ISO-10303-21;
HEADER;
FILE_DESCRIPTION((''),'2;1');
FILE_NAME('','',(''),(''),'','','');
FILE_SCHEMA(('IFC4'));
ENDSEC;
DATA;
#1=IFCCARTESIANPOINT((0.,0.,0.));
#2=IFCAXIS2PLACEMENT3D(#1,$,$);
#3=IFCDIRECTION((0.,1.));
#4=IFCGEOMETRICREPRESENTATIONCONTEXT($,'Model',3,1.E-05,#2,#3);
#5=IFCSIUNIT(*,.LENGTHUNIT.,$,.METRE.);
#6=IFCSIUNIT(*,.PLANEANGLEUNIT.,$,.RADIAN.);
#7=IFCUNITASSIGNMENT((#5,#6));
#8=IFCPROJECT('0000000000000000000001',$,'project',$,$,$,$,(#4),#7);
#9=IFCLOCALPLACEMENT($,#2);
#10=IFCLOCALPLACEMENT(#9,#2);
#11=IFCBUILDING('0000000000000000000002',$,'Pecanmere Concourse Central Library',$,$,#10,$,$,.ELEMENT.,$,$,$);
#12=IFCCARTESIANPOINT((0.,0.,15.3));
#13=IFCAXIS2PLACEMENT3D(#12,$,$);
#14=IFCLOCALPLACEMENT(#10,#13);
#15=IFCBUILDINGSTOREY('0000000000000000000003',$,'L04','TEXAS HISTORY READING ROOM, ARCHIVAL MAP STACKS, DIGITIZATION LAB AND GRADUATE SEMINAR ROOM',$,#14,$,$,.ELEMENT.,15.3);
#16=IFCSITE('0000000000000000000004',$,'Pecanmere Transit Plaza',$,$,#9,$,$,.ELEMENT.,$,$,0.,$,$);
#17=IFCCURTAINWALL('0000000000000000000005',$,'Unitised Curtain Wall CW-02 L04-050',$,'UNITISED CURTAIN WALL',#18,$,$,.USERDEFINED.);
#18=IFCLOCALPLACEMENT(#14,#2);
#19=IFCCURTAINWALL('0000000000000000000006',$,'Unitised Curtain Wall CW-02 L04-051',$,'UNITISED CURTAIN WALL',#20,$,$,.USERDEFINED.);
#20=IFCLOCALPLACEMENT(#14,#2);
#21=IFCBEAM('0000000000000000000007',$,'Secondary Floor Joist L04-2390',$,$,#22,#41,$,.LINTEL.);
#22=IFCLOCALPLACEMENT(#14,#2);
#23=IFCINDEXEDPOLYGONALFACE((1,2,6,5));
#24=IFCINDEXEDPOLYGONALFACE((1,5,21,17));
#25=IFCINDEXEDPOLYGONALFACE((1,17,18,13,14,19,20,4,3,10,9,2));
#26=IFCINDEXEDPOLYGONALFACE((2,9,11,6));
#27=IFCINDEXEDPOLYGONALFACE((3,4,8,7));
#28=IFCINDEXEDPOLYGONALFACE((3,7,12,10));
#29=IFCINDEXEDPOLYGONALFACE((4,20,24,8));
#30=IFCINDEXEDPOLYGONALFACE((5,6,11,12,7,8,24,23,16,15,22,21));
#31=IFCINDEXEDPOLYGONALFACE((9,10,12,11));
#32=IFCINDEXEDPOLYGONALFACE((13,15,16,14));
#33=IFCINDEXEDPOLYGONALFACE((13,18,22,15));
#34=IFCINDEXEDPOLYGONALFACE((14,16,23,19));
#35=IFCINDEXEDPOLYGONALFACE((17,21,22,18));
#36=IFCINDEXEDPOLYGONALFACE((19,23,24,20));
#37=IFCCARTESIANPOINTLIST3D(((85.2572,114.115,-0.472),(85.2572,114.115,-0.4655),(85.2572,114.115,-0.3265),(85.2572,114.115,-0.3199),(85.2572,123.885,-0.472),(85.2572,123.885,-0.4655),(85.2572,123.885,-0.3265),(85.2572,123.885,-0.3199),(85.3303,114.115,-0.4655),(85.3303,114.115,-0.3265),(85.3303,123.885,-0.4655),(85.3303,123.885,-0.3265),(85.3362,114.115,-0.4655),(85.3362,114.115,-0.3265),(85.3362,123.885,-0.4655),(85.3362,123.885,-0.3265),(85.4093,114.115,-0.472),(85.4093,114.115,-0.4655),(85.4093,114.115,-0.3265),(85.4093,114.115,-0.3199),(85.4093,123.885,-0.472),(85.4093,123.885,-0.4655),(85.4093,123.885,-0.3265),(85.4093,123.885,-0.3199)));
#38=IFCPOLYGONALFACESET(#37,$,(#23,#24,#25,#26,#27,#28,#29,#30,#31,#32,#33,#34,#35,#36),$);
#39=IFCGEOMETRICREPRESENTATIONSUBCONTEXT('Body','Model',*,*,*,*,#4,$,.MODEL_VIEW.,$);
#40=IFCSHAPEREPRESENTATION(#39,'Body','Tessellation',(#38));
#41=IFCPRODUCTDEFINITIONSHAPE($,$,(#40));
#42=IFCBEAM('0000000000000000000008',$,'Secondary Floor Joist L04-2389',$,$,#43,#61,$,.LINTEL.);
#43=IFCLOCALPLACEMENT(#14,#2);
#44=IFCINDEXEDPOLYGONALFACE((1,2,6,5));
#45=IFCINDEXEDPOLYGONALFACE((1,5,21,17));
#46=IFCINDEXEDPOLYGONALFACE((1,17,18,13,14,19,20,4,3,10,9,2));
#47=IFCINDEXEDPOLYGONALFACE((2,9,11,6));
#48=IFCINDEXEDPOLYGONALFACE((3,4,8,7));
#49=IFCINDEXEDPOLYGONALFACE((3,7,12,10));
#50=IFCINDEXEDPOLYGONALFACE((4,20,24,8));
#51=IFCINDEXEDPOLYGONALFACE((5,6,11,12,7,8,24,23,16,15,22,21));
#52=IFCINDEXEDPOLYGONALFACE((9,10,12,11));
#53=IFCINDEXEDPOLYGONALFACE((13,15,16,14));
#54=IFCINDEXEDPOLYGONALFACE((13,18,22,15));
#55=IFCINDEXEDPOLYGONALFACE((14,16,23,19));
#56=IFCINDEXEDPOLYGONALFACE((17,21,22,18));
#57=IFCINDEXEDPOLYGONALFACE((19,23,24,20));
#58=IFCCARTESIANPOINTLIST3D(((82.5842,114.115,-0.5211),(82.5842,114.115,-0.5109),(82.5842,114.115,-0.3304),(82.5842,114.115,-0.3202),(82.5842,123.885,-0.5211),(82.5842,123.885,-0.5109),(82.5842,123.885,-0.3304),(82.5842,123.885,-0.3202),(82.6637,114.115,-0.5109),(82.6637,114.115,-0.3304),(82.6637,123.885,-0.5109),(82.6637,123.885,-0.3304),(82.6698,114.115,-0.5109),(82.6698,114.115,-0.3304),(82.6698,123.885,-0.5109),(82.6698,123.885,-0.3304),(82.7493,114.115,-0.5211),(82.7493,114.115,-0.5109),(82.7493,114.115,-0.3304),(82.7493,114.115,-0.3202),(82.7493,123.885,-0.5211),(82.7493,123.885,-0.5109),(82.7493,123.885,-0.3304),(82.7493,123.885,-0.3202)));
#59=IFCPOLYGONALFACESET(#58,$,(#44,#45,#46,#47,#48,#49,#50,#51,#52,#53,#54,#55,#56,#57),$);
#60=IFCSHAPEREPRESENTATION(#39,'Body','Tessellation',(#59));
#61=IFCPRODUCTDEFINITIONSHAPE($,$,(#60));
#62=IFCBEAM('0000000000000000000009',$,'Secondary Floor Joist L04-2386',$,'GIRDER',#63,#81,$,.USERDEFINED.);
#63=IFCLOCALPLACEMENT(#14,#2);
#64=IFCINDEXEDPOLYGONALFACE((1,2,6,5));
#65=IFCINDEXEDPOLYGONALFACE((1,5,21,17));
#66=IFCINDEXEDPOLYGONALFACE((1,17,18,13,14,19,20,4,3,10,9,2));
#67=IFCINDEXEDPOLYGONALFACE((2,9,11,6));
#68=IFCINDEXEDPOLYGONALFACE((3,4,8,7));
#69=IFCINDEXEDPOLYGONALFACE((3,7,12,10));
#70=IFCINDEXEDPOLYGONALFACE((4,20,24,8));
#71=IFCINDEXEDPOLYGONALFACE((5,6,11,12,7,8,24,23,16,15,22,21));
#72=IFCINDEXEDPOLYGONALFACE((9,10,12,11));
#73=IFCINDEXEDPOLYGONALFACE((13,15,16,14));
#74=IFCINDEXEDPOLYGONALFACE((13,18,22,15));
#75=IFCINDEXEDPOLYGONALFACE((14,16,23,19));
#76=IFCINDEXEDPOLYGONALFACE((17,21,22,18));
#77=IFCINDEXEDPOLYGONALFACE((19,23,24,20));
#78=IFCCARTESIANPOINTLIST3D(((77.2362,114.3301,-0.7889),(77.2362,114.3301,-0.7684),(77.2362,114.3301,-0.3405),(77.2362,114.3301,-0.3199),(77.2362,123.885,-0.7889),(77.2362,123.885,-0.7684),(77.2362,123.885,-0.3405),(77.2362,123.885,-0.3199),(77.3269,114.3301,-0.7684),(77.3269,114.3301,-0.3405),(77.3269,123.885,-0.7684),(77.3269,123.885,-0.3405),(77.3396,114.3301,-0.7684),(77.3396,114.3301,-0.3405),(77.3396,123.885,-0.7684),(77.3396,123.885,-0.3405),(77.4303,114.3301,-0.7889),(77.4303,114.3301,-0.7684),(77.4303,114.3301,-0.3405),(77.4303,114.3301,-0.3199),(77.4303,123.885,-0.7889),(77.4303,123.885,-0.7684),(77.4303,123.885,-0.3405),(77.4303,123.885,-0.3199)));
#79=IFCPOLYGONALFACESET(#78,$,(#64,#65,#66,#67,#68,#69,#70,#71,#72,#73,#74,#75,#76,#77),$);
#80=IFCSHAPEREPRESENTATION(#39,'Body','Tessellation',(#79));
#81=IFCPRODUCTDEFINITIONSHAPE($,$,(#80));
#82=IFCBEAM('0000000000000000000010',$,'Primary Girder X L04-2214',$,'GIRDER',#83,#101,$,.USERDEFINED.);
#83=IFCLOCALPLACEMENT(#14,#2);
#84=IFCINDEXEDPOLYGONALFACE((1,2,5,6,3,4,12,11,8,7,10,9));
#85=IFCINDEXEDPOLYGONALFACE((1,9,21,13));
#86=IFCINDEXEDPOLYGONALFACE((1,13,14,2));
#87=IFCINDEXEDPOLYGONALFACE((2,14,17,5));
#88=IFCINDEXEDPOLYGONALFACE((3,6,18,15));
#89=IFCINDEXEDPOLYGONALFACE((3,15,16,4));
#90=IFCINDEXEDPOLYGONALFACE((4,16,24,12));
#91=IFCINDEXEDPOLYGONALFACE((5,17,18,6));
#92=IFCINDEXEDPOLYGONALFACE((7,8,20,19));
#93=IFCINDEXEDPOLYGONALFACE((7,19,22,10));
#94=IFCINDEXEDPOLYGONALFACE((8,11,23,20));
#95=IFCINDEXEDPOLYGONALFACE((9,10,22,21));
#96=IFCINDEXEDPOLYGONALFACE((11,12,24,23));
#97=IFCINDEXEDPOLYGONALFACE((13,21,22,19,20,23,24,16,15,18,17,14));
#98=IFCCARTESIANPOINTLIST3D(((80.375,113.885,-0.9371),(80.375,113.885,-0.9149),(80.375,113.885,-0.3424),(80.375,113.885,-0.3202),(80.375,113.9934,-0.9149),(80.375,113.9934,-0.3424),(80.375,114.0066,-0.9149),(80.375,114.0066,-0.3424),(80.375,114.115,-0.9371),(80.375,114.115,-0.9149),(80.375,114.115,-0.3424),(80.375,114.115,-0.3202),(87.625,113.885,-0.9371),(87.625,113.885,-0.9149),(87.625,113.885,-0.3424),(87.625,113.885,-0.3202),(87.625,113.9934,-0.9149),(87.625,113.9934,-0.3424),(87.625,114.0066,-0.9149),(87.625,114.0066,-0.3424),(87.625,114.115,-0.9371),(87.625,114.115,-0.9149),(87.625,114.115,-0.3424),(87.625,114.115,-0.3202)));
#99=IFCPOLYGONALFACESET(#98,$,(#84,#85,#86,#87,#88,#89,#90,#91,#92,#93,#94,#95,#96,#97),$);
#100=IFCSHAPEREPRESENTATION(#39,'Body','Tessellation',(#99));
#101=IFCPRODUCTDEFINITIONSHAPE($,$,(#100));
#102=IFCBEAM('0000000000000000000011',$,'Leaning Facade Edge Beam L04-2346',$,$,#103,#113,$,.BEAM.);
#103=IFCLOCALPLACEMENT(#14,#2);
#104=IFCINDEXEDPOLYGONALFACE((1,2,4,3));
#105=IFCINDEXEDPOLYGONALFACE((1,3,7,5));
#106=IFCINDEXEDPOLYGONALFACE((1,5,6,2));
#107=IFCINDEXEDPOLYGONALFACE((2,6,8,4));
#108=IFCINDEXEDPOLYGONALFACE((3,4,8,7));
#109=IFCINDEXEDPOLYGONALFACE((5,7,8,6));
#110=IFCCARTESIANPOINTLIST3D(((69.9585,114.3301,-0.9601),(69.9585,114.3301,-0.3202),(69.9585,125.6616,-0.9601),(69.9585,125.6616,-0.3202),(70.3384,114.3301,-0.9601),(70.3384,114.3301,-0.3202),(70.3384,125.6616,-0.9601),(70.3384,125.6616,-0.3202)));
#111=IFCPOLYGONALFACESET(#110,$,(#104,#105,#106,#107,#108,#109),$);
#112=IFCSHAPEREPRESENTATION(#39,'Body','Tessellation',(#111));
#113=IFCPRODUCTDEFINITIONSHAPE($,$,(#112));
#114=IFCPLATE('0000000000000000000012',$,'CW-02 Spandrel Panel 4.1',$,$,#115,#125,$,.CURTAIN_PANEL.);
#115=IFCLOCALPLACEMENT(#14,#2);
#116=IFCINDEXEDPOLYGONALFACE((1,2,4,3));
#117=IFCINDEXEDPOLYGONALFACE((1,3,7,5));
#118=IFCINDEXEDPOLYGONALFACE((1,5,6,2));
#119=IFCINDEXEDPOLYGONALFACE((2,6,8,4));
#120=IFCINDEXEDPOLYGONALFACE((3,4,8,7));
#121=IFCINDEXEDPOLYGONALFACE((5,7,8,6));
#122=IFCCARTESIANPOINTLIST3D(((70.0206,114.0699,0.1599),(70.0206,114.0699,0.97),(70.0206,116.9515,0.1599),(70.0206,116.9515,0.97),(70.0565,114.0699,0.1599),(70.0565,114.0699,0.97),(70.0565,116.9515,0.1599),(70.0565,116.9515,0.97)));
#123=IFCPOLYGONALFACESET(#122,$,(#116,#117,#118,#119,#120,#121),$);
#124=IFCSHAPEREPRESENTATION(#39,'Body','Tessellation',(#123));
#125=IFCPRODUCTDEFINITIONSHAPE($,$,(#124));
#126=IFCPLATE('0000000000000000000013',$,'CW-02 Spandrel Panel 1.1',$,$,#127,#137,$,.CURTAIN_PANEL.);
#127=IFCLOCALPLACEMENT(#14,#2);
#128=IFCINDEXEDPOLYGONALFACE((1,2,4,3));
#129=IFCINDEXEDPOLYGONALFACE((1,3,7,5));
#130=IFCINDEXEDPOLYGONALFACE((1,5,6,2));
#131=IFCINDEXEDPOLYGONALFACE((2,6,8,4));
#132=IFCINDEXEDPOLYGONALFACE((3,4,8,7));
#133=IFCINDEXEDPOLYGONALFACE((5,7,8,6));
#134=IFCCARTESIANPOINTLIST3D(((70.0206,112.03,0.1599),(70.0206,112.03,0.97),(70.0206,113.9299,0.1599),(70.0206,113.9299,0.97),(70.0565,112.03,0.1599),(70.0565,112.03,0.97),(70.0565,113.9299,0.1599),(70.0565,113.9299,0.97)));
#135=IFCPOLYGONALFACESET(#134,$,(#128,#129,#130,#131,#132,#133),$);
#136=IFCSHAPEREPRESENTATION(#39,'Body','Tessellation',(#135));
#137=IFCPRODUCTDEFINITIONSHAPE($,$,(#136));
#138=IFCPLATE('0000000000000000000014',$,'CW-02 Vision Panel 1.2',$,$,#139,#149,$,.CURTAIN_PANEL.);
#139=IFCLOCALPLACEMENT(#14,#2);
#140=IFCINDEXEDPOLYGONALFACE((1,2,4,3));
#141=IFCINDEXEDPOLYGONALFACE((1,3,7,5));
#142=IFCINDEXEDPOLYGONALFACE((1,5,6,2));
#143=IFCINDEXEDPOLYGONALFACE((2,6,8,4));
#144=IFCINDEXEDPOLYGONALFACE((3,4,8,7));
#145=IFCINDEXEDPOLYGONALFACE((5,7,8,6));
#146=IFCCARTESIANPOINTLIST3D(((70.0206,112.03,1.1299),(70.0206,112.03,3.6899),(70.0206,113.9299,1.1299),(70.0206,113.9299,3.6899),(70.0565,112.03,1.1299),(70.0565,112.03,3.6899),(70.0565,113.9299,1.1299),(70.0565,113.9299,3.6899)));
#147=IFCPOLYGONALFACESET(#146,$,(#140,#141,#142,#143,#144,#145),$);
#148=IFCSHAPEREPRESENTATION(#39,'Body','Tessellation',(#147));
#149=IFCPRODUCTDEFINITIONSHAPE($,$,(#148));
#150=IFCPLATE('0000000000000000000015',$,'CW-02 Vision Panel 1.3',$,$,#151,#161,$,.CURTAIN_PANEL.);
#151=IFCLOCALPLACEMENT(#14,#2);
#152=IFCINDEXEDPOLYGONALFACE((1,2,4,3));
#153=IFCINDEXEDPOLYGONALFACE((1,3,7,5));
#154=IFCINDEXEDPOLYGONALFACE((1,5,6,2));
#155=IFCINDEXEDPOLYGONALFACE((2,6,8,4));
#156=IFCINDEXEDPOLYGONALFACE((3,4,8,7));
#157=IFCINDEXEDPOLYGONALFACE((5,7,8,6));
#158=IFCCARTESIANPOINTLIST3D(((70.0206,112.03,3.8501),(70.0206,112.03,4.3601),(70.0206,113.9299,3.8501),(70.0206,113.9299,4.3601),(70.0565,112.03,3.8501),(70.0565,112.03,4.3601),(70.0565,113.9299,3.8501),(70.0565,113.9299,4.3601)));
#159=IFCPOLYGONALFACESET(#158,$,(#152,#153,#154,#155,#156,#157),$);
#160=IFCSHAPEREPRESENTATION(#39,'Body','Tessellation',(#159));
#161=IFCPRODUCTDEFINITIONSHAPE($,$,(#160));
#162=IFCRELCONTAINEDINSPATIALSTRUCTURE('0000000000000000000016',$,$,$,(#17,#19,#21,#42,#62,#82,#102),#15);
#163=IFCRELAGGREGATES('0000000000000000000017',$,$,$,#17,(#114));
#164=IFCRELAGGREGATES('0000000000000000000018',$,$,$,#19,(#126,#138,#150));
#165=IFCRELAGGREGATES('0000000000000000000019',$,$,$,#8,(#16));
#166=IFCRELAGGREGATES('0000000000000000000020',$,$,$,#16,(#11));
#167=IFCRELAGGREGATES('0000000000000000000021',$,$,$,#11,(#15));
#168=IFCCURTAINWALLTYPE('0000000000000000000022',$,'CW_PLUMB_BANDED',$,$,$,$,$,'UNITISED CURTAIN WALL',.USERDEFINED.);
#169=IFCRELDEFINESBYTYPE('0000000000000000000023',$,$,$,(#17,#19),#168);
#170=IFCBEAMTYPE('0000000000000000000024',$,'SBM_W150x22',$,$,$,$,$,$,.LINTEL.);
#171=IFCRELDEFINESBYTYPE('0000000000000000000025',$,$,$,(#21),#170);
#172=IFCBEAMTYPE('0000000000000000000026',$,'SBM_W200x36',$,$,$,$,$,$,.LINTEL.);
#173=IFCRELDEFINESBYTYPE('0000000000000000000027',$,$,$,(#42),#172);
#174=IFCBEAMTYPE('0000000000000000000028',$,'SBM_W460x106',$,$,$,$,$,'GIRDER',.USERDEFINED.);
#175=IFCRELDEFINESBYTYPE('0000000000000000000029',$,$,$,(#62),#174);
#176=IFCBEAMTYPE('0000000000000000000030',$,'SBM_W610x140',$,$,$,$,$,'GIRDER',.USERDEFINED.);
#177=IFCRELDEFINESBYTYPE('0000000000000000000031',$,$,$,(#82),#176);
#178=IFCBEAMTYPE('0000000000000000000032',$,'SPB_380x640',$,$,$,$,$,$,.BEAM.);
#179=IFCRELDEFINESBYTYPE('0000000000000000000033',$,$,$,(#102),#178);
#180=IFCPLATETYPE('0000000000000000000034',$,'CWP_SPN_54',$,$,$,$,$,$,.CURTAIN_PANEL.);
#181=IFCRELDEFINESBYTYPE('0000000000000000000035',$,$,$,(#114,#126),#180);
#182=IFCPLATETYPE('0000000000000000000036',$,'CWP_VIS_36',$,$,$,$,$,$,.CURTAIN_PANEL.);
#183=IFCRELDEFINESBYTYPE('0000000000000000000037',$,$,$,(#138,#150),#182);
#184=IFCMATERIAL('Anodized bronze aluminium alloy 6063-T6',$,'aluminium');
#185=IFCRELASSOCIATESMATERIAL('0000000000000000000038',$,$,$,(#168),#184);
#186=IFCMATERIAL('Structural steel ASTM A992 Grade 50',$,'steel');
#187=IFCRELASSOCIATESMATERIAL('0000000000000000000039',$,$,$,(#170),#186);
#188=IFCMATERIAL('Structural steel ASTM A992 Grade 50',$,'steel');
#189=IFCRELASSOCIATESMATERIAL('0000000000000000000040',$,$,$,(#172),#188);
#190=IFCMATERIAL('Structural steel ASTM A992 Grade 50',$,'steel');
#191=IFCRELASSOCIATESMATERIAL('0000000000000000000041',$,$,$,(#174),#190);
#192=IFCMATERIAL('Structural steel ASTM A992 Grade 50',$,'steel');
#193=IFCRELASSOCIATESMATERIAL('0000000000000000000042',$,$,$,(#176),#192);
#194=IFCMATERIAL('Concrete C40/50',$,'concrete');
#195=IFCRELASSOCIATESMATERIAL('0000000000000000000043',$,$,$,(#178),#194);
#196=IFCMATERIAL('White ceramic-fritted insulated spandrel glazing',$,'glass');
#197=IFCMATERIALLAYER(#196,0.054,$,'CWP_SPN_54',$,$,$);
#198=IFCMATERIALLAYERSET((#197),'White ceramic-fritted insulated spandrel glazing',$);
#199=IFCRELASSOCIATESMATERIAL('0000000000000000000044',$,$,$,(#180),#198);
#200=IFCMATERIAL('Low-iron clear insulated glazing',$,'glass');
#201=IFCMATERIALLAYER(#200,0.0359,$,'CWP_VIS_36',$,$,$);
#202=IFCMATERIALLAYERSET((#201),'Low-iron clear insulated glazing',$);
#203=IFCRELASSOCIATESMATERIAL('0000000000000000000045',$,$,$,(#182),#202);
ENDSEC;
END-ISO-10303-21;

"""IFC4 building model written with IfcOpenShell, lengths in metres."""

from ifc_helpers import new_model, si_unit, direction, frame, origin, origin_2d, place, context, subcontext, project, spatial, rectangle, i_section, extrude, material, layer, layer_set, material_profile, profile_set, type_object, element, aggregate, save


model = new_model("IFC4")

# Units and contexts
model_context = context("Model", 3, precision=1e-05, world=origin(), true_north=direction((0.0, 1.0)))
body_context = subcontext(model_context, "Body", "Model", "MODEL_VIEW")
ifc_project = project(units=[si_unit("LENGTHUNIT", "METRE"), si_unit("PLANEANGLEUNIT", "RADIAN")], contexts=[model_context])

# Site, building, storey
site_placement = place(None, origin())
site = spatial("IfcSite", under=ifc_project, at=site_placement, Name="Pecanmere Transit Plaza", CompositionType="ELEMENT", RefElevation=0.0)
building_placement = place(site_placement, origin())
building = spatial("IfcBuilding", under=site, at=building_placement, Name="Pecanmere Concourse Central Library", CompositionType="ELEMENT")
storey_placement = place(building_placement, frame((0.0, 0.0, 15.3)))
storey = spatial("IfcBuildingStorey", under=building, at=storey_placement, Name="L04", Description="TEXAS HISTORY READING ROOM, ARCHIVAL MAP STACKS, DIGITIZATION LAB AND GRADUATE SEMINAR ROOM", CompositionType="ELEMENT", Elevation=15.3)

# Curtain wall
ifc_material_1 = material(Name="Anodized bronze aluminium alloy 6063-T6", Category="aluminium")
curtain_wall_type = type_object("IfcCurtainWallType", Name="CW_PLUMB_BANDED", ElementType="UNITISED CURTAIN WALL", PredefinedType="USERDEFINED", material=ifc_material_1)
curtain_wall_1_placement = place(storey_placement, origin())
curtain_wall_1 = element("IfcCurtainWall", 1, at=curtain_wall_1_placement, inside=storey, type_object=curtain_wall_type, Name="Unitised Curtain Wall CW-02 L04-050", ObjectType="UNITISED CURTAIN WALL", PredefinedType="USERDEFINED")

# Curtain wall
curtain_wall_2_placement = place(storey_placement, origin())
curtain_wall_2 = element("IfcCurtainWall", 2, at=curtain_wall_2_placement, inside=storey, type_object=curtain_wall_type, Name="Unitised Curtain Wall CW-02 L04-051", ObjectType="UNITISED CURTAIN WALL", PredefinedType="USERDEFINED")

# Beams
ifc_material_2 = material(Name="Structural steel ASTM A992 Grade 50", Category="steel")
ifc_material_profile_1 = material_profile(ifc_material_2, i_section(OverallWidth=0.1521, OverallDepth=0.1521, WebThickness=0.0059, FlangeThickness=0.0066, at=origin_2d()), Name="W150x22.5")
ifc_profile_set_1 = profile_set([ifc_material_profile_1], Name="Structural steel ASTM A992 Grade 50")
beam_type_1 = type_object("IfcBeamType", Name="SBM_W150x22", PredefinedType="LINTEL", material=ifc_profile_set_1)
beam_1_placement = place(storey_placement, frame((85.3333, 114.115, -0.396), z_axis=(0.0, 1.0, 0.0), x_axis=(-1.0, 0.0, 0.0)))
element("IfcBeam", 3, at=beam_1_placement, inside=storey, type_object=beam_type_1, Name="Secondary Floor Joist L04-2390", PredefinedType="LINTEL", context=body_context, shape_type="SweptSolid", body=[
    extrude(i_section(OverallWidth=0.1521, OverallDepth=0.1521, WebThickness=0.0059, FlangeThickness=0.0066, at=origin_2d()), origin(), (0.0, 0.0, 1.0), 9.77),
])
ifc_material_3 = material(Name="Structural steel ASTM A992 Grade 50", Category="steel")
ifc_material_profile_2 = material_profile(ifc_material_3, i_section(OverallWidth=0.165, OverallDepth=0.2009, WebThickness=0.0061, FlangeThickness=0.0103, at=origin_2d()), Name="W200x35.9")
ifc_profile_set_2 = profile_set([ifc_material_profile_2], Name="Structural steel ASTM A992 Grade 50")
beam_type_2 = type_object("IfcBeamType", Name="SBM_W200x36", PredefinedType="LINTEL", material=ifc_profile_set_2)
beam_2_placement = place(storey_placement, frame((82.6667, 114.115, -0.4207), z_axis=(0.0, 1.0, 0.0), x_axis=(-1.0, 0.0, 0.0)))
element("IfcBeam", 4, at=beam_2_placement, inside=storey, type_object=beam_type_2, Name="Secondary Floor Joist L04-2389", PredefinedType="LINTEL", context=body_context, shape_type="SweptSolid", body=[
    extrude(i_section(OverallWidth=0.165, OverallDepth=0.2009, WebThickness=0.0061, FlangeThickness=0.0103, at=origin_2d()), origin(), (0.0, 0.0, 1.0), 9.77),
])
ifc_material_4 = material(Name="Structural steel ASTM A992 Grade 50", Category="steel")
ifc_material_profile_3 = material_profile(ifc_material_4, i_section(OverallWidth=0.1941, OverallDepth=0.469, WebThickness=0.0127, FlangeThickness=0.0205, at=origin_2d()), Name="W460x106")
ifc_profile_set_3 = profile_set([ifc_material_profile_3], Name="Structural steel ASTM A992 Grade 50")
beam_type_3 = type_object("IfcBeamType", Name="SBM_W460x106", ElementType="GIRDER", PredefinedType="USERDEFINED", material=ifc_profile_set_3)
beam_3_placement = place(storey_placement, frame((77.3333, 114.3301, -0.5544), z_axis=(0.0, 1.0, 0.0), x_axis=(-1.0, 0.0, 0.0)))
element("IfcBeam", 5, at=beam_3_placement, inside=storey, type_object=beam_type_3, Name="Secondary Floor Joist L04-2386", ObjectType="GIRDER", PredefinedType="USERDEFINED", context=body_context, shape_type="SweptSolid", body=[
    extrude(i_section(OverallWidth=0.1941, OverallDepth=0.469, WebThickness=0.0127, FlangeThickness=0.0205, at=origin_2d()), origin(), (0.0, 0.0, 1.0), 9.5549),
])
ifc_material_5 = material(Name="Structural steel ASTM A992 Grade 50", Category="steel")
ifc_material_profile_4 = material_profile(ifc_material_5, i_section(OverallWidth=0.23, OverallDepth=0.6169, WebThickness=0.0132, FlangeThickness=0.0222, at=origin_2d()), Name="W610x140")
ifc_profile_set_4 = profile_set([ifc_material_profile_4], Name="Structural steel ASTM A992 Grade 50")
beam_type_4 = type_object("IfcBeamType", Name="SBM_W610x140", ElementType="GIRDER", PredefinedType="USERDEFINED", material=ifc_profile_set_4)
beam_4_placement = place(storey_placement, frame((80.375, 114.0, -0.6287), z_axis=(1.0, 0.0, 0.0), x_axis=(0.0, 1.0, 0.0)))
element("IfcBeam", 6, at=beam_4_placement, inside=storey, type_object=beam_type_4, Name="Primary Girder X L04-2214", ObjectType="GIRDER", PredefinedType="USERDEFINED", context=body_context, shape_type="SweptSolid", body=[
    extrude(i_section(OverallWidth=0.23, OverallDepth=0.6169, WebThickness=0.0132, FlangeThickness=0.0222, at=origin_2d()), origin(), (0.0, 0.0, 1.0), 7.25),
])
ifc_material_6 = material(Name="Concrete C40/50", Category="concrete")
ifc_material_profile_5 = material_profile(ifc_material_6, rectangle(XDim=0.3799, YDim=0.6399, at=origin_2d()), Name="RC 380x640")
ifc_profile_set_5 = profile_set([ifc_material_profile_5], Name="Concrete C40/50")
beam_type_5 = type_object("IfcBeamType", Name="SPB_380x640", PredefinedType="BEAM", material=ifc_profile_set_5)
beam_5_placement = place(storey_placement, frame((70.1484, 114.3301, -0.6401), z_axis=(0.0, 1.0, 0.0), x_axis=(-1.0, 0.0, 0.0)))
element("IfcBeam", 7, at=beam_5_placement, inside=storey, type_object=beam_type_5, Name="Leaning Facade Edge Beam L04-2346", PredefinedType="BEAM", context=body_context, shape_type="SweptSolid", body=[
    extrude(rectangle(XDim=0.3799, YDim=0.6399, at=origin_2d()), origin(), (0.0, 0.0, 1.0), 11.3315),
])

# Plates
ifc_material_7 = material(Name="White ceramic-fritted insulated spandrel glazing", Category="glass")
ifc_layer_1 = layer(ifc_material_7, 0.054, Name="CWP_SPN_54")
ifc_layer_set_1 = layer_set([ifc_layer_1], Name="White ceramic-fritted insulated spandrel glazing")
plate_type_1 = type_object("IfcPlateType", Name="CWP_SPN_54", PredefinedType="CURTAIN_PANEL", material=ifc_layer_set_1)
plate_1_placement = place(storey_placement, frame((70.0386, 115.5107, 0.1599), z_axis=(0.0, 0.0, 1.0), x_axis=(0.0, -1.0, 0.0)))
plate_1 = element("IfcPlate", 8, at=plate_1_placement, type_object=plate_type_1, Name="CW-02 Spandrel Panel 4.1", PredefinedType="CURTAIN_PANEL", context=body_context, shape_type="SweptSolid", body=[
    extrude(rectangle(XDim=2.8816, YDim=0.0359, at=origin_2d()), origin(), (0.0, 0.0, 1.0), 0.8101),
])
aggregate(curtain_wall_1, [plate_1])
plate_2_placement = place(storey_placement, frame((70.0386, 112.98, 0.1599), z_axis=(0.0, 0.0, 1.0), x_axis=(0.0, -1.0, 0.0)))
plate_2 = element("IfcPlate", 9, at=plate_2_placement, type_object=plate_type_1, Name="CW-02 Spandrel Panel 1.1", PredefinedType="CURTAIN_PANEL", context=body_context, shape_type="SweptSolid", body=[
    extrude(rectangle(XDim=1.8999, YDim=0.0359, at=origin_2d()), origin(), (0.0, 0.0, 1.0), 0.8101),
])
ifc_material_8 = material(Name="Low-iron clear insulated glazing", Category="glass")
ifc_layer_2 = layer(ifc_material_8, 0.0359, Name="CWP_VIS_36")
ifc_layer_set_2 = layer_set([ifc_layer_2], Name="Low-iron clear insulated glazing")
plate_type_2 = type_object("IfcPlateType", Name="CWP_VIS_36", PredefinedType="CURTAIN_PANEL", material=ifc_layer_set_2)
plate_3_placement = place(storey_placement, frame((70.0386, 112.98, 1.1299), z_axis=(0.0, 0.0, 1.0), x_axis=(0.0, -1.0, 0.0)))
plate_3 = element("IfcPlate", 10, at=plate_3_placement, type_object=plate_type_2, Name="CW-02 Vision Panel 1.2", PredefinedType="CURTAIN_PANEL", context=body_context, shape_type="SweptSolid", body=[
    extrude(rectangle(XDim=1.8999, YDim=0.0359, at=origin_2d()), origin(), (0.0, 0.0, 1.0), 2.5601),
])
plate_4_placement = place(storey_placement, frame((70.0386, 112.98, 3.8501), z_axis=(0.0, 0.0, 1.0), x_axis=(0.0, -1.0, 0.0)))
plate_4 = element("IfcPlate", 11, at=plate_4_placement, type_object=plate_type_2, Name="CW-02 Vision Panel 1.3", PredefinedType="CURTAIN_PANEL", context=body_context, shape_type="SweptSolid", body=[
    extrude(rectangle(XDim=1.8999, YDim=0.0359, at=origin_2d()), origin(), (0.0, 0.0, 1.0), 0.51),
])
aggregate(curtain_wall_2, [plate_2, plate_3, plate_4])

save(model, "model.ifc")
